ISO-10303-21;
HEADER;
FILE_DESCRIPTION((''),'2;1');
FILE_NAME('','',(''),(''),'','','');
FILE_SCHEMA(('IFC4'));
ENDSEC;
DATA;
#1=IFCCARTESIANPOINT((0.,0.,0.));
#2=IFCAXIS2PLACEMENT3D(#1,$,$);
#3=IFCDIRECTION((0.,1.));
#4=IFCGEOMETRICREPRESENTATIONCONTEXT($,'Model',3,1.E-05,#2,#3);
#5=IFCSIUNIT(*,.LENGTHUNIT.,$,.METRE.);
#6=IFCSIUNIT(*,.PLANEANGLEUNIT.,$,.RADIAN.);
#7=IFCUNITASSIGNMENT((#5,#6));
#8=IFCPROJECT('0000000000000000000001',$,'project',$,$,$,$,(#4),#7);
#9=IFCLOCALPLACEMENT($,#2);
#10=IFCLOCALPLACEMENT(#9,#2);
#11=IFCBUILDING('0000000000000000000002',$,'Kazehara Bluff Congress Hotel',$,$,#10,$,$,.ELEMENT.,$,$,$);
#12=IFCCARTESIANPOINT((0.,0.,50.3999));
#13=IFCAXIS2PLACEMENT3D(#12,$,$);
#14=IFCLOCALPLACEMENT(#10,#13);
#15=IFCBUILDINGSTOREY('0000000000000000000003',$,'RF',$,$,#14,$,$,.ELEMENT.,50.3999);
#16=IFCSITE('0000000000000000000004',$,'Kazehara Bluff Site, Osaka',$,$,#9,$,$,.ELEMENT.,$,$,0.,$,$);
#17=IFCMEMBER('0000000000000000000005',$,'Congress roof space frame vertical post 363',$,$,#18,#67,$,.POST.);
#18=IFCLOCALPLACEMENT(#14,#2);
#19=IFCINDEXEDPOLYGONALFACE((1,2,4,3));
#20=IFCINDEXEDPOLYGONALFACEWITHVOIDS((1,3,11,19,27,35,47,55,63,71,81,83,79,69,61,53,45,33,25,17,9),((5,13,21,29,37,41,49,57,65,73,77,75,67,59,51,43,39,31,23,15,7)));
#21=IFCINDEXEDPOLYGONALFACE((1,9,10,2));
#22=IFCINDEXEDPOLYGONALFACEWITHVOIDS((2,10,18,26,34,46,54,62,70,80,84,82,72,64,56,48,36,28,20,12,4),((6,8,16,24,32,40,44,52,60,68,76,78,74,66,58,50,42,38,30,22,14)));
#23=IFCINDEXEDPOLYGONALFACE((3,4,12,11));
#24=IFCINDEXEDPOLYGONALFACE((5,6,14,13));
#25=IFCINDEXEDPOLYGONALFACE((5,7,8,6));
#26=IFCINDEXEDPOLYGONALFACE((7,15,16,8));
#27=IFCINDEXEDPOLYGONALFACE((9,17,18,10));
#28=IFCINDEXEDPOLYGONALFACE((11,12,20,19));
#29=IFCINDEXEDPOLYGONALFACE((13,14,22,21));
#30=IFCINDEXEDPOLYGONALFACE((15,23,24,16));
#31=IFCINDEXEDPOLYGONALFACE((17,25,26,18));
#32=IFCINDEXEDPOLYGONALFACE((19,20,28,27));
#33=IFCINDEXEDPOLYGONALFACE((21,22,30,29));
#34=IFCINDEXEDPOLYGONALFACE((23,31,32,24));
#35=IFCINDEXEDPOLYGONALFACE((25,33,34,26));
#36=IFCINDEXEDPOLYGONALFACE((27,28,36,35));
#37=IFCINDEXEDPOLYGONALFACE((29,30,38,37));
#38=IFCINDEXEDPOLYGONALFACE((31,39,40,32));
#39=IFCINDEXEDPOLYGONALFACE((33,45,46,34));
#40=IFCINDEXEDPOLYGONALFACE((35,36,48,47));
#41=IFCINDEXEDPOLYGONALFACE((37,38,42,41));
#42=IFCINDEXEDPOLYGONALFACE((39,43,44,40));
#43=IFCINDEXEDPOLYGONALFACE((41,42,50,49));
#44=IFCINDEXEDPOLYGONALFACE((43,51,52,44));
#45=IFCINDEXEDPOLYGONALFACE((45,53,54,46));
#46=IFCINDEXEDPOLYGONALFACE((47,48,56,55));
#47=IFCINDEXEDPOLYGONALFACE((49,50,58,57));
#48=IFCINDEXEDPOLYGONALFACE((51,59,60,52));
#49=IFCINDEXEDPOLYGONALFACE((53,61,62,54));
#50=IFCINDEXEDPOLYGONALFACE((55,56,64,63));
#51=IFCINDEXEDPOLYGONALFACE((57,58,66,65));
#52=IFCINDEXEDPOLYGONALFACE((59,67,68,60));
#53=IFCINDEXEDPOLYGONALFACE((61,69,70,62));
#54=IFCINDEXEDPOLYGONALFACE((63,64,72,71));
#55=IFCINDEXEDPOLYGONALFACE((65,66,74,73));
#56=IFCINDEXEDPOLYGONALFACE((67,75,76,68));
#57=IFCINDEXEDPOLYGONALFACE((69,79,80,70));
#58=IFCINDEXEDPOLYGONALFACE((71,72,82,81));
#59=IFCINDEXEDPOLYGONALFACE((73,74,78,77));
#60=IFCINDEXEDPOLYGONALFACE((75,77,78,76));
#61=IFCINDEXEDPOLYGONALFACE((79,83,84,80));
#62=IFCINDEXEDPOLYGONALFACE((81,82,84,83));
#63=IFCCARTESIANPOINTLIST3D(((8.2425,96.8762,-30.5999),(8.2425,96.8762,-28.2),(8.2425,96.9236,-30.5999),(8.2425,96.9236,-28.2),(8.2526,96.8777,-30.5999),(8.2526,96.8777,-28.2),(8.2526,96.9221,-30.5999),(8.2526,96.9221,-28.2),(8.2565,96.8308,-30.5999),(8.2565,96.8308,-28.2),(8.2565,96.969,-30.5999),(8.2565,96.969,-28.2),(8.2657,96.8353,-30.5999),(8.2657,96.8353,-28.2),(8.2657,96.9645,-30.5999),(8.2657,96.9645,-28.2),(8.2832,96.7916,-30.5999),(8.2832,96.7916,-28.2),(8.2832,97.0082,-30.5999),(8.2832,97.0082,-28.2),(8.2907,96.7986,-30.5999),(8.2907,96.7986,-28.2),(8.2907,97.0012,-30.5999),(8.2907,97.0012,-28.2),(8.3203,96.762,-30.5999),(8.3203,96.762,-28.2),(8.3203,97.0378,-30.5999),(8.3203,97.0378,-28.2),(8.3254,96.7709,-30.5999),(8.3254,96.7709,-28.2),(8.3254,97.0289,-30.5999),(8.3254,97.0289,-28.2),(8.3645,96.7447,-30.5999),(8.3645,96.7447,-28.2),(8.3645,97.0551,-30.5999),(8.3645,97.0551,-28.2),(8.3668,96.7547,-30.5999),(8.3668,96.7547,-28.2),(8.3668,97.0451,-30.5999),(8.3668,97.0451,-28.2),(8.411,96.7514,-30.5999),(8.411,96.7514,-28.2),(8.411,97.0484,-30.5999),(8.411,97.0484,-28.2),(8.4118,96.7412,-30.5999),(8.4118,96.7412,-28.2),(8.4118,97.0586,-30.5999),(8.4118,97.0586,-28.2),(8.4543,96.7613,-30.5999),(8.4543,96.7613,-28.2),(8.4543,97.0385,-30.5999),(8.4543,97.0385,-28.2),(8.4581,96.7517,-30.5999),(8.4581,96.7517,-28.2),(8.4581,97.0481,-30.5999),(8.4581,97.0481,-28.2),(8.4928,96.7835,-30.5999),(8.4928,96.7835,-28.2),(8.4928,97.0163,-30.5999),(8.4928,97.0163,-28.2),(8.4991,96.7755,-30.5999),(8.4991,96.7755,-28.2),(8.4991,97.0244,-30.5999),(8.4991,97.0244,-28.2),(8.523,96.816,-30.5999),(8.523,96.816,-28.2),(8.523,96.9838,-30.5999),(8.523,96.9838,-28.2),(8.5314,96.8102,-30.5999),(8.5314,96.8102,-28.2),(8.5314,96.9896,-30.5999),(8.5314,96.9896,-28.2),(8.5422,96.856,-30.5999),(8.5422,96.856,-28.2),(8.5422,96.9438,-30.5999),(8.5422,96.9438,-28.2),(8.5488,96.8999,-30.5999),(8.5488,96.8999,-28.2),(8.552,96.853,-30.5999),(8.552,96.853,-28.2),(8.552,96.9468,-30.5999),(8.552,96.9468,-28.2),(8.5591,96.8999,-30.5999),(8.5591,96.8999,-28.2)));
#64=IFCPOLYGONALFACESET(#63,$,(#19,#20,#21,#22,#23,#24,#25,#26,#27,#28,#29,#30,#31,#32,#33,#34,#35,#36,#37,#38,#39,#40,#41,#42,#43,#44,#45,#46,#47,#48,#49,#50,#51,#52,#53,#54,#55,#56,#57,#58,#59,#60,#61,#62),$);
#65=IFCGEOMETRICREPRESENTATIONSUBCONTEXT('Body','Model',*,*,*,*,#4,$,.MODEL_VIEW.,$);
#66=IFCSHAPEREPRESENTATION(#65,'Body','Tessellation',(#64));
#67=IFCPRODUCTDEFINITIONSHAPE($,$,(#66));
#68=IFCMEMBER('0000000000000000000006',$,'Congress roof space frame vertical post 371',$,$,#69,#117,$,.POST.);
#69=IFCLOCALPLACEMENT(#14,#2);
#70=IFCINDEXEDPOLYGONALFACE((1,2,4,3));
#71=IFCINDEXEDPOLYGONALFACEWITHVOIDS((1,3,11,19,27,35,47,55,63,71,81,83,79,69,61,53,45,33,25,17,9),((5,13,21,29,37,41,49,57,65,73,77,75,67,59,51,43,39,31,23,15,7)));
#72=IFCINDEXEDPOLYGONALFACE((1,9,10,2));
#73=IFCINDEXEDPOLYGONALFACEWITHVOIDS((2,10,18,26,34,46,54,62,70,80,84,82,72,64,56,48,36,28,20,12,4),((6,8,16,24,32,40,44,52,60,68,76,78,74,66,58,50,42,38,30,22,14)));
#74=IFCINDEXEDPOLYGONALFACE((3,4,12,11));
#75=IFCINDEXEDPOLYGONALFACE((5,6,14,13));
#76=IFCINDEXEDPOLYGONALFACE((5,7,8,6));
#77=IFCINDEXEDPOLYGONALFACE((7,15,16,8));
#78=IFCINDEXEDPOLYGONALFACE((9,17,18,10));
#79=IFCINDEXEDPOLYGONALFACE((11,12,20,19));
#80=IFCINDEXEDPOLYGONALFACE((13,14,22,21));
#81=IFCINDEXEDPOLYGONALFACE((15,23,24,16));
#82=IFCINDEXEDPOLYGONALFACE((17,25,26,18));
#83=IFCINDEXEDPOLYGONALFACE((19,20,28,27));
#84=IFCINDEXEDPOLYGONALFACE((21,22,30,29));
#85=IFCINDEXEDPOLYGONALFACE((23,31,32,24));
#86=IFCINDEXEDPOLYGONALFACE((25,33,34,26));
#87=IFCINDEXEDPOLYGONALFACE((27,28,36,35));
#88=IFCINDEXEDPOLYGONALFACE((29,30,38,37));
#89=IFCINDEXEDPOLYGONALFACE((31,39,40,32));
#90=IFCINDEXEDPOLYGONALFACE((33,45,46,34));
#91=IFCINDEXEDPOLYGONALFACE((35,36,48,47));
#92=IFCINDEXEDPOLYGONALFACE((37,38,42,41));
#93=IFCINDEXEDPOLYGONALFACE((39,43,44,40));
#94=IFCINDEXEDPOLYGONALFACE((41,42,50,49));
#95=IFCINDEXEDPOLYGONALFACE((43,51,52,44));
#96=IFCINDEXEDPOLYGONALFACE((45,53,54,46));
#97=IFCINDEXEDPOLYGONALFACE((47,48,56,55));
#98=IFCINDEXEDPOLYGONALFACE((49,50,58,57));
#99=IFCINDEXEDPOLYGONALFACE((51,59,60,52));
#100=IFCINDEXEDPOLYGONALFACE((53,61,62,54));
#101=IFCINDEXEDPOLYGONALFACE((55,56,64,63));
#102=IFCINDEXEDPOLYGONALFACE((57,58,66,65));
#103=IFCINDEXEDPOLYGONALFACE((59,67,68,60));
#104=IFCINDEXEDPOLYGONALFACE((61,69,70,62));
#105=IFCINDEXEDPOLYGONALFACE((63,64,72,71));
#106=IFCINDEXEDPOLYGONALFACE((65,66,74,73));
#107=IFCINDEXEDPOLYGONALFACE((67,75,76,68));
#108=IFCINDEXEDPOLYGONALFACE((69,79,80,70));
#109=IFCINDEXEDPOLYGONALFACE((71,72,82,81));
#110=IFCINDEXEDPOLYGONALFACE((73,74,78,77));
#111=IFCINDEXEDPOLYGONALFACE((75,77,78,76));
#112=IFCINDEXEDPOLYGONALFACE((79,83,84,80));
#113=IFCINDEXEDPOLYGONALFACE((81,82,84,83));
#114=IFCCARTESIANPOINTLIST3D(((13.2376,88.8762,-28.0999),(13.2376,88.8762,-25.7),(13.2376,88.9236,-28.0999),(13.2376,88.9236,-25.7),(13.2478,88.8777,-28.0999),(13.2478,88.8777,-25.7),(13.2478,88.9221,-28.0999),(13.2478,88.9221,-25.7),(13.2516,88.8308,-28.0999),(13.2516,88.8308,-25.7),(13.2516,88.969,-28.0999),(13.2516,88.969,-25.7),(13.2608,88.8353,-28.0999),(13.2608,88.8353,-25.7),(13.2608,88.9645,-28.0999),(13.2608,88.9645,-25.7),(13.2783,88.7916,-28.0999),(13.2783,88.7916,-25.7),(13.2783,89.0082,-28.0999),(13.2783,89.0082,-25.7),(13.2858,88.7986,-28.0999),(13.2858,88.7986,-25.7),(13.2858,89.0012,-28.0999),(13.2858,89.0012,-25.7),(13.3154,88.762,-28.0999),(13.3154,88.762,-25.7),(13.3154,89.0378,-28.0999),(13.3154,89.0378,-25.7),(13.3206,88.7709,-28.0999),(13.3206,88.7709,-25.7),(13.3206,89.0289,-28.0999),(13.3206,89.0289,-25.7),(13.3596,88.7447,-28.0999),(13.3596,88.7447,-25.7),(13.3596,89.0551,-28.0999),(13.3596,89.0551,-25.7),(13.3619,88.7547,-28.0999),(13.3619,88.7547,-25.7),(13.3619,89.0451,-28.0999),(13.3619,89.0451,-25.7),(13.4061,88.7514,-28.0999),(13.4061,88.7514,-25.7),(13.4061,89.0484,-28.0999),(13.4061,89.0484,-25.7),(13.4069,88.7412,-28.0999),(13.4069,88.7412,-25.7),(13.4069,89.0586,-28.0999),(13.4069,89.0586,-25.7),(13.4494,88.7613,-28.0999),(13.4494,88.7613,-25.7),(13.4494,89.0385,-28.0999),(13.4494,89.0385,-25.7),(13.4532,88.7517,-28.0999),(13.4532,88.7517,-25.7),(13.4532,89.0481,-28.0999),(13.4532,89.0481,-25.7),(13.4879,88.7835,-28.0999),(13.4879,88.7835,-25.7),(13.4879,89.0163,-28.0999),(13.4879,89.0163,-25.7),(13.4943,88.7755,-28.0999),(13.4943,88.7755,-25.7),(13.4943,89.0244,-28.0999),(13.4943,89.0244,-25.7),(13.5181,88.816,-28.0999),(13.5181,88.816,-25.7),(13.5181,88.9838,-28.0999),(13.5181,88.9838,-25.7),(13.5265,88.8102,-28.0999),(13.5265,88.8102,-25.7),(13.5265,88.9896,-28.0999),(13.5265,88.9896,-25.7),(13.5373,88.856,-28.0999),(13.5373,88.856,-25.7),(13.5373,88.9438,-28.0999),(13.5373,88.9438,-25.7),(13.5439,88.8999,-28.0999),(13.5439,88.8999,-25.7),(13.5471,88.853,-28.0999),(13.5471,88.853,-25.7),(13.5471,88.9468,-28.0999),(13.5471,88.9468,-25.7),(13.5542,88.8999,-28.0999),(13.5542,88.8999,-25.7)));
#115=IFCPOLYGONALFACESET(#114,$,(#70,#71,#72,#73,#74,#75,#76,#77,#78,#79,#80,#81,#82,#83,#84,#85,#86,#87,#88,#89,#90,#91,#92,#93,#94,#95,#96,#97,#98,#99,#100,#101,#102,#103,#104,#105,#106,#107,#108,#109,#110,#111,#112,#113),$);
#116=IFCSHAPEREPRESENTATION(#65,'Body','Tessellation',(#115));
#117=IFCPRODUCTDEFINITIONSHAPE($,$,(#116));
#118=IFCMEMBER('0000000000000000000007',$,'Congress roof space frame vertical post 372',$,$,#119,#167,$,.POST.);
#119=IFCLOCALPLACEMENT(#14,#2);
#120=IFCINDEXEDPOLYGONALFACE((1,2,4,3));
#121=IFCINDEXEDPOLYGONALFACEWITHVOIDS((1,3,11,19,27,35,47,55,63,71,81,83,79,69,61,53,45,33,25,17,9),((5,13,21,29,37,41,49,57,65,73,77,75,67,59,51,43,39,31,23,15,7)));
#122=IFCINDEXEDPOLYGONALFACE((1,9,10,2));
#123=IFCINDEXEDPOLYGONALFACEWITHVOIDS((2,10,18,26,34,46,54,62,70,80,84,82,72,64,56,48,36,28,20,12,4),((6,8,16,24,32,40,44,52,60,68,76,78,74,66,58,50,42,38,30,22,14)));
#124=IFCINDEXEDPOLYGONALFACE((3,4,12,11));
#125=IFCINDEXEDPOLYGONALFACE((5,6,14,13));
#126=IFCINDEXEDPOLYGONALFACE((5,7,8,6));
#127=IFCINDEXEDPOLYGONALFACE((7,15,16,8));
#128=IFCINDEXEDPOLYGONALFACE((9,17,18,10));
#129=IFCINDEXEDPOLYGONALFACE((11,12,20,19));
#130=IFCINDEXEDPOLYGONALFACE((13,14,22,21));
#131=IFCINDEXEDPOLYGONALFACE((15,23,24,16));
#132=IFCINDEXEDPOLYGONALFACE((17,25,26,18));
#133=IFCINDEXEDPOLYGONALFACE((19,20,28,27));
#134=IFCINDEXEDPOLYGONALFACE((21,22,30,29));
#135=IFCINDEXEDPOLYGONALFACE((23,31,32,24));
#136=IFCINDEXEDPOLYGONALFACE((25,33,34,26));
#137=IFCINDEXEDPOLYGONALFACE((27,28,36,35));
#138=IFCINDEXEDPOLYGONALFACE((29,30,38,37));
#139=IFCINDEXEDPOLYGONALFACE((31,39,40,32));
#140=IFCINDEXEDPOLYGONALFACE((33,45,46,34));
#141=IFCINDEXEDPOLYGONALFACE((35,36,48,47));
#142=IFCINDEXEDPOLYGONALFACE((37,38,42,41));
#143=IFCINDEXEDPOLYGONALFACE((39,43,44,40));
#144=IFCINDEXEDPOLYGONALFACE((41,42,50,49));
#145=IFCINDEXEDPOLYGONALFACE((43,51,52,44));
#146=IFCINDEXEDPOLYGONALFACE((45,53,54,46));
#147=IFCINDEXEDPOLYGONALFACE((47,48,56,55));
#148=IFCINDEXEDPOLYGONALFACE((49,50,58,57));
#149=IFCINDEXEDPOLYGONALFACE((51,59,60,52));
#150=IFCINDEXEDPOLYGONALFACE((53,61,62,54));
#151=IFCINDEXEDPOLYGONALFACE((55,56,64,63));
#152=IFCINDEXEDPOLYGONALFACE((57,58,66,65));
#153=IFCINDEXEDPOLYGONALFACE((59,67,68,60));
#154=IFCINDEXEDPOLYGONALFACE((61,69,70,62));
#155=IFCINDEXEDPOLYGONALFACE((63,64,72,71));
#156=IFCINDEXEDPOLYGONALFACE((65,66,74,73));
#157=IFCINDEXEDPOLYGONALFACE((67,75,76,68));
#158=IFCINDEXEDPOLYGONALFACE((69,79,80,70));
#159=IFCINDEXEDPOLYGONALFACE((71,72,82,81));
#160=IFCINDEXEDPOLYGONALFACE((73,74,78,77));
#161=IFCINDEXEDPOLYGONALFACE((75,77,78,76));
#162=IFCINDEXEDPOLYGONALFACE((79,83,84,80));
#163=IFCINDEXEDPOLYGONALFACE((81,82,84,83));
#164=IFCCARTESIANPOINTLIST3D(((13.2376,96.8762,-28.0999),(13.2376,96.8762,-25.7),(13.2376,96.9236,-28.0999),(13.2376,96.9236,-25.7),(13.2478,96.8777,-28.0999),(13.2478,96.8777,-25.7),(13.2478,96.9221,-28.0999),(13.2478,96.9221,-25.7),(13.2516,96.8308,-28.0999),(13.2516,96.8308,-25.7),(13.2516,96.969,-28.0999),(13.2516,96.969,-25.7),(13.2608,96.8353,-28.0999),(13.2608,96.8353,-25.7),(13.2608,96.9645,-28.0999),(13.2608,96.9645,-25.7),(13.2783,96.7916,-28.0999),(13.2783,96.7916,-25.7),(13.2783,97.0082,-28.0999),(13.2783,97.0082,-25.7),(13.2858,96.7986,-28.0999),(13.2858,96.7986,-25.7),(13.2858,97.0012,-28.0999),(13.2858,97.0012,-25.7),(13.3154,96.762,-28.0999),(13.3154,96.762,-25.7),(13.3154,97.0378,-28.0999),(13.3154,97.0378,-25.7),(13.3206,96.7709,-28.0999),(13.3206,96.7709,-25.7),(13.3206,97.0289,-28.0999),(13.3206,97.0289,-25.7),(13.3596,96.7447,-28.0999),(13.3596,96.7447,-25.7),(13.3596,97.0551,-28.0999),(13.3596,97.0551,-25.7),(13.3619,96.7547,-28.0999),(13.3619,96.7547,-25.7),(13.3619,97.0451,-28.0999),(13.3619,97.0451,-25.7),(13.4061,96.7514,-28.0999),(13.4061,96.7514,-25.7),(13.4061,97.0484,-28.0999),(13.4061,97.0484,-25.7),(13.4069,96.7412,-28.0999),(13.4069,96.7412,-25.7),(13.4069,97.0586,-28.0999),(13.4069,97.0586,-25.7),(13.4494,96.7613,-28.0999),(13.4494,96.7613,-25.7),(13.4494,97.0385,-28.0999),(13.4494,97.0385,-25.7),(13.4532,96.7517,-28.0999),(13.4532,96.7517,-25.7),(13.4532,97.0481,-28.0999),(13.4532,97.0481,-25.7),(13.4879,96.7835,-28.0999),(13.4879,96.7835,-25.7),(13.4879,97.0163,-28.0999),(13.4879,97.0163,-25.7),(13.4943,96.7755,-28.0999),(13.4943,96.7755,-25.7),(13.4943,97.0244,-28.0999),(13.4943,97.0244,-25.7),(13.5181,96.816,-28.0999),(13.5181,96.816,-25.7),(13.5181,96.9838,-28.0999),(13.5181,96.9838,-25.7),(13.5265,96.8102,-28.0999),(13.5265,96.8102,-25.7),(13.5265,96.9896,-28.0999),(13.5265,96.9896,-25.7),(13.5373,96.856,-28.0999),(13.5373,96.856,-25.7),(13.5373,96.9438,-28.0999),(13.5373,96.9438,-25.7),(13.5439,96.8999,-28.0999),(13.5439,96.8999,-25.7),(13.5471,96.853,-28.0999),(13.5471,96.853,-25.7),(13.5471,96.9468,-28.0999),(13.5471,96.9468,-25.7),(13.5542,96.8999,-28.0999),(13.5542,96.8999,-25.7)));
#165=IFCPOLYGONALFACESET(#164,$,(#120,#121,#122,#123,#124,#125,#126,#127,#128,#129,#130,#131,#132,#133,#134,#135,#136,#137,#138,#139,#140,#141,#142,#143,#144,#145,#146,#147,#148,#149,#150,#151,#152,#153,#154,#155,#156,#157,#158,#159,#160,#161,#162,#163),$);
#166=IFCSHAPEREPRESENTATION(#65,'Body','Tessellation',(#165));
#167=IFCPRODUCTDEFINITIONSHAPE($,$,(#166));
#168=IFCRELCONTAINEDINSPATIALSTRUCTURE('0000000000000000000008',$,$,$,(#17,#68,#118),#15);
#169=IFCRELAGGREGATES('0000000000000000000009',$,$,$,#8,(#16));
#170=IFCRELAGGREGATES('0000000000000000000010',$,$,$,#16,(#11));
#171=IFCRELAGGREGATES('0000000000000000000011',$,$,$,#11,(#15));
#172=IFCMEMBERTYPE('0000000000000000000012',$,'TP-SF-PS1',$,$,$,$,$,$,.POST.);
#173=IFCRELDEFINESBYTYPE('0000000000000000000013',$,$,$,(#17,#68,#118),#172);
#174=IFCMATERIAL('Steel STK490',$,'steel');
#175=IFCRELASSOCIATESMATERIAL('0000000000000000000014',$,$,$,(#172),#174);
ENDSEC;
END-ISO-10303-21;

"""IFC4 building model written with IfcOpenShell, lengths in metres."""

from ifc_helpers import new_model, si_unit, direction, frame, origin, origin_2d, place, context, subcontext, project, spatial, hollow_circle, extrude, material, material_profile, profile_set, type_object, element, save


model = new_model("IFC4")

# Units and contexts
model_context = context("Model", 3, precision=1e-05, world=origin(), true_north=direction((0.0, 1.0)))
body_context = subcontext(model_context, "Body", "Model", "MODEL_VIEW")
ifc_project = project(units=[si_unit("LENGTHUNIT", "METRE"), si_unit("PLANEANGLEUNIT", "RADIAN")], contexts=[model_context])

# Site, building, storey
site_placement = place(None, origin())
site = spatial("IfcSite", under=ifc_project, at=site_placement, Name="Kazehara Bluff Site, Osaka", CompositionType="ELEMENT", RefElevation=0.0)
building_placement = place(site_placement, origin())
building = spatial("IfcBuilding", under=site, at=building_placement, Name="Kazehara Bluff Congress Hotel", CompositionType="ELEMENT")
storey_placement = place(building_placement, frame((0.0, 0.0, 50.3999)))
storey = spatial("IfcBuildingStorey", under=building, at=storey_placement, Name="RF", CompositionType="ELEMENT", Elevation=50.3999)

# Members
ifc_material_1 = material(Name="Steel STK490", Category="steel")
ifc_material_profile_1 = material_profile(ifc_material_1, hollow_circle(Radius=0.1592, WallThickness=0.0103, at=origin_2d()))
ifc_profile_set_1 = profile_set([ifc_material_profile_1], Name="Steel STK490")
member_type_1 = type_object("IfcMemberType", Name="TP-SF-PS1", PredefinedType="POST", material=ifc_profile_set_1)
for number, where, z_axis, x_axis, name in (
    (1, (8.3999, 96.8999, -30.5999), (0.0, 0.0, 1.0), (1.0, 0.0, 0.0), "Congress roof space frame vertical post 363"),
    (2, (13.395, 88.8999, -28.0999), (0.0, 0.0, 1.0), (1.0, 0.0, 0.0), "Congress roof space frame vertical post 371"),
    (3, (13.395, 96.8999, -28.0999), (0.0, 0.0, 1.0), (1.0, 0.0, 0.0), "Congress roof space frame vertical post 372"),
):
    element("IfcMember", number, at=place(storey_placement, frame(where, z_axis=z_axis, x_axis=x_axis)), inside=storey, type_object=member_type_1, Name=name, PredefinedType="POST", context=body_context, shape_type="SweptSolid", body=[
        extrude(hollow_circle(Radius=0.1592, WallThickness=0.0103, at=origin_2d()), origin(), (0.0, 0.0, 1.0), 2.3999),
    ])

save(model, "model.ifc")
